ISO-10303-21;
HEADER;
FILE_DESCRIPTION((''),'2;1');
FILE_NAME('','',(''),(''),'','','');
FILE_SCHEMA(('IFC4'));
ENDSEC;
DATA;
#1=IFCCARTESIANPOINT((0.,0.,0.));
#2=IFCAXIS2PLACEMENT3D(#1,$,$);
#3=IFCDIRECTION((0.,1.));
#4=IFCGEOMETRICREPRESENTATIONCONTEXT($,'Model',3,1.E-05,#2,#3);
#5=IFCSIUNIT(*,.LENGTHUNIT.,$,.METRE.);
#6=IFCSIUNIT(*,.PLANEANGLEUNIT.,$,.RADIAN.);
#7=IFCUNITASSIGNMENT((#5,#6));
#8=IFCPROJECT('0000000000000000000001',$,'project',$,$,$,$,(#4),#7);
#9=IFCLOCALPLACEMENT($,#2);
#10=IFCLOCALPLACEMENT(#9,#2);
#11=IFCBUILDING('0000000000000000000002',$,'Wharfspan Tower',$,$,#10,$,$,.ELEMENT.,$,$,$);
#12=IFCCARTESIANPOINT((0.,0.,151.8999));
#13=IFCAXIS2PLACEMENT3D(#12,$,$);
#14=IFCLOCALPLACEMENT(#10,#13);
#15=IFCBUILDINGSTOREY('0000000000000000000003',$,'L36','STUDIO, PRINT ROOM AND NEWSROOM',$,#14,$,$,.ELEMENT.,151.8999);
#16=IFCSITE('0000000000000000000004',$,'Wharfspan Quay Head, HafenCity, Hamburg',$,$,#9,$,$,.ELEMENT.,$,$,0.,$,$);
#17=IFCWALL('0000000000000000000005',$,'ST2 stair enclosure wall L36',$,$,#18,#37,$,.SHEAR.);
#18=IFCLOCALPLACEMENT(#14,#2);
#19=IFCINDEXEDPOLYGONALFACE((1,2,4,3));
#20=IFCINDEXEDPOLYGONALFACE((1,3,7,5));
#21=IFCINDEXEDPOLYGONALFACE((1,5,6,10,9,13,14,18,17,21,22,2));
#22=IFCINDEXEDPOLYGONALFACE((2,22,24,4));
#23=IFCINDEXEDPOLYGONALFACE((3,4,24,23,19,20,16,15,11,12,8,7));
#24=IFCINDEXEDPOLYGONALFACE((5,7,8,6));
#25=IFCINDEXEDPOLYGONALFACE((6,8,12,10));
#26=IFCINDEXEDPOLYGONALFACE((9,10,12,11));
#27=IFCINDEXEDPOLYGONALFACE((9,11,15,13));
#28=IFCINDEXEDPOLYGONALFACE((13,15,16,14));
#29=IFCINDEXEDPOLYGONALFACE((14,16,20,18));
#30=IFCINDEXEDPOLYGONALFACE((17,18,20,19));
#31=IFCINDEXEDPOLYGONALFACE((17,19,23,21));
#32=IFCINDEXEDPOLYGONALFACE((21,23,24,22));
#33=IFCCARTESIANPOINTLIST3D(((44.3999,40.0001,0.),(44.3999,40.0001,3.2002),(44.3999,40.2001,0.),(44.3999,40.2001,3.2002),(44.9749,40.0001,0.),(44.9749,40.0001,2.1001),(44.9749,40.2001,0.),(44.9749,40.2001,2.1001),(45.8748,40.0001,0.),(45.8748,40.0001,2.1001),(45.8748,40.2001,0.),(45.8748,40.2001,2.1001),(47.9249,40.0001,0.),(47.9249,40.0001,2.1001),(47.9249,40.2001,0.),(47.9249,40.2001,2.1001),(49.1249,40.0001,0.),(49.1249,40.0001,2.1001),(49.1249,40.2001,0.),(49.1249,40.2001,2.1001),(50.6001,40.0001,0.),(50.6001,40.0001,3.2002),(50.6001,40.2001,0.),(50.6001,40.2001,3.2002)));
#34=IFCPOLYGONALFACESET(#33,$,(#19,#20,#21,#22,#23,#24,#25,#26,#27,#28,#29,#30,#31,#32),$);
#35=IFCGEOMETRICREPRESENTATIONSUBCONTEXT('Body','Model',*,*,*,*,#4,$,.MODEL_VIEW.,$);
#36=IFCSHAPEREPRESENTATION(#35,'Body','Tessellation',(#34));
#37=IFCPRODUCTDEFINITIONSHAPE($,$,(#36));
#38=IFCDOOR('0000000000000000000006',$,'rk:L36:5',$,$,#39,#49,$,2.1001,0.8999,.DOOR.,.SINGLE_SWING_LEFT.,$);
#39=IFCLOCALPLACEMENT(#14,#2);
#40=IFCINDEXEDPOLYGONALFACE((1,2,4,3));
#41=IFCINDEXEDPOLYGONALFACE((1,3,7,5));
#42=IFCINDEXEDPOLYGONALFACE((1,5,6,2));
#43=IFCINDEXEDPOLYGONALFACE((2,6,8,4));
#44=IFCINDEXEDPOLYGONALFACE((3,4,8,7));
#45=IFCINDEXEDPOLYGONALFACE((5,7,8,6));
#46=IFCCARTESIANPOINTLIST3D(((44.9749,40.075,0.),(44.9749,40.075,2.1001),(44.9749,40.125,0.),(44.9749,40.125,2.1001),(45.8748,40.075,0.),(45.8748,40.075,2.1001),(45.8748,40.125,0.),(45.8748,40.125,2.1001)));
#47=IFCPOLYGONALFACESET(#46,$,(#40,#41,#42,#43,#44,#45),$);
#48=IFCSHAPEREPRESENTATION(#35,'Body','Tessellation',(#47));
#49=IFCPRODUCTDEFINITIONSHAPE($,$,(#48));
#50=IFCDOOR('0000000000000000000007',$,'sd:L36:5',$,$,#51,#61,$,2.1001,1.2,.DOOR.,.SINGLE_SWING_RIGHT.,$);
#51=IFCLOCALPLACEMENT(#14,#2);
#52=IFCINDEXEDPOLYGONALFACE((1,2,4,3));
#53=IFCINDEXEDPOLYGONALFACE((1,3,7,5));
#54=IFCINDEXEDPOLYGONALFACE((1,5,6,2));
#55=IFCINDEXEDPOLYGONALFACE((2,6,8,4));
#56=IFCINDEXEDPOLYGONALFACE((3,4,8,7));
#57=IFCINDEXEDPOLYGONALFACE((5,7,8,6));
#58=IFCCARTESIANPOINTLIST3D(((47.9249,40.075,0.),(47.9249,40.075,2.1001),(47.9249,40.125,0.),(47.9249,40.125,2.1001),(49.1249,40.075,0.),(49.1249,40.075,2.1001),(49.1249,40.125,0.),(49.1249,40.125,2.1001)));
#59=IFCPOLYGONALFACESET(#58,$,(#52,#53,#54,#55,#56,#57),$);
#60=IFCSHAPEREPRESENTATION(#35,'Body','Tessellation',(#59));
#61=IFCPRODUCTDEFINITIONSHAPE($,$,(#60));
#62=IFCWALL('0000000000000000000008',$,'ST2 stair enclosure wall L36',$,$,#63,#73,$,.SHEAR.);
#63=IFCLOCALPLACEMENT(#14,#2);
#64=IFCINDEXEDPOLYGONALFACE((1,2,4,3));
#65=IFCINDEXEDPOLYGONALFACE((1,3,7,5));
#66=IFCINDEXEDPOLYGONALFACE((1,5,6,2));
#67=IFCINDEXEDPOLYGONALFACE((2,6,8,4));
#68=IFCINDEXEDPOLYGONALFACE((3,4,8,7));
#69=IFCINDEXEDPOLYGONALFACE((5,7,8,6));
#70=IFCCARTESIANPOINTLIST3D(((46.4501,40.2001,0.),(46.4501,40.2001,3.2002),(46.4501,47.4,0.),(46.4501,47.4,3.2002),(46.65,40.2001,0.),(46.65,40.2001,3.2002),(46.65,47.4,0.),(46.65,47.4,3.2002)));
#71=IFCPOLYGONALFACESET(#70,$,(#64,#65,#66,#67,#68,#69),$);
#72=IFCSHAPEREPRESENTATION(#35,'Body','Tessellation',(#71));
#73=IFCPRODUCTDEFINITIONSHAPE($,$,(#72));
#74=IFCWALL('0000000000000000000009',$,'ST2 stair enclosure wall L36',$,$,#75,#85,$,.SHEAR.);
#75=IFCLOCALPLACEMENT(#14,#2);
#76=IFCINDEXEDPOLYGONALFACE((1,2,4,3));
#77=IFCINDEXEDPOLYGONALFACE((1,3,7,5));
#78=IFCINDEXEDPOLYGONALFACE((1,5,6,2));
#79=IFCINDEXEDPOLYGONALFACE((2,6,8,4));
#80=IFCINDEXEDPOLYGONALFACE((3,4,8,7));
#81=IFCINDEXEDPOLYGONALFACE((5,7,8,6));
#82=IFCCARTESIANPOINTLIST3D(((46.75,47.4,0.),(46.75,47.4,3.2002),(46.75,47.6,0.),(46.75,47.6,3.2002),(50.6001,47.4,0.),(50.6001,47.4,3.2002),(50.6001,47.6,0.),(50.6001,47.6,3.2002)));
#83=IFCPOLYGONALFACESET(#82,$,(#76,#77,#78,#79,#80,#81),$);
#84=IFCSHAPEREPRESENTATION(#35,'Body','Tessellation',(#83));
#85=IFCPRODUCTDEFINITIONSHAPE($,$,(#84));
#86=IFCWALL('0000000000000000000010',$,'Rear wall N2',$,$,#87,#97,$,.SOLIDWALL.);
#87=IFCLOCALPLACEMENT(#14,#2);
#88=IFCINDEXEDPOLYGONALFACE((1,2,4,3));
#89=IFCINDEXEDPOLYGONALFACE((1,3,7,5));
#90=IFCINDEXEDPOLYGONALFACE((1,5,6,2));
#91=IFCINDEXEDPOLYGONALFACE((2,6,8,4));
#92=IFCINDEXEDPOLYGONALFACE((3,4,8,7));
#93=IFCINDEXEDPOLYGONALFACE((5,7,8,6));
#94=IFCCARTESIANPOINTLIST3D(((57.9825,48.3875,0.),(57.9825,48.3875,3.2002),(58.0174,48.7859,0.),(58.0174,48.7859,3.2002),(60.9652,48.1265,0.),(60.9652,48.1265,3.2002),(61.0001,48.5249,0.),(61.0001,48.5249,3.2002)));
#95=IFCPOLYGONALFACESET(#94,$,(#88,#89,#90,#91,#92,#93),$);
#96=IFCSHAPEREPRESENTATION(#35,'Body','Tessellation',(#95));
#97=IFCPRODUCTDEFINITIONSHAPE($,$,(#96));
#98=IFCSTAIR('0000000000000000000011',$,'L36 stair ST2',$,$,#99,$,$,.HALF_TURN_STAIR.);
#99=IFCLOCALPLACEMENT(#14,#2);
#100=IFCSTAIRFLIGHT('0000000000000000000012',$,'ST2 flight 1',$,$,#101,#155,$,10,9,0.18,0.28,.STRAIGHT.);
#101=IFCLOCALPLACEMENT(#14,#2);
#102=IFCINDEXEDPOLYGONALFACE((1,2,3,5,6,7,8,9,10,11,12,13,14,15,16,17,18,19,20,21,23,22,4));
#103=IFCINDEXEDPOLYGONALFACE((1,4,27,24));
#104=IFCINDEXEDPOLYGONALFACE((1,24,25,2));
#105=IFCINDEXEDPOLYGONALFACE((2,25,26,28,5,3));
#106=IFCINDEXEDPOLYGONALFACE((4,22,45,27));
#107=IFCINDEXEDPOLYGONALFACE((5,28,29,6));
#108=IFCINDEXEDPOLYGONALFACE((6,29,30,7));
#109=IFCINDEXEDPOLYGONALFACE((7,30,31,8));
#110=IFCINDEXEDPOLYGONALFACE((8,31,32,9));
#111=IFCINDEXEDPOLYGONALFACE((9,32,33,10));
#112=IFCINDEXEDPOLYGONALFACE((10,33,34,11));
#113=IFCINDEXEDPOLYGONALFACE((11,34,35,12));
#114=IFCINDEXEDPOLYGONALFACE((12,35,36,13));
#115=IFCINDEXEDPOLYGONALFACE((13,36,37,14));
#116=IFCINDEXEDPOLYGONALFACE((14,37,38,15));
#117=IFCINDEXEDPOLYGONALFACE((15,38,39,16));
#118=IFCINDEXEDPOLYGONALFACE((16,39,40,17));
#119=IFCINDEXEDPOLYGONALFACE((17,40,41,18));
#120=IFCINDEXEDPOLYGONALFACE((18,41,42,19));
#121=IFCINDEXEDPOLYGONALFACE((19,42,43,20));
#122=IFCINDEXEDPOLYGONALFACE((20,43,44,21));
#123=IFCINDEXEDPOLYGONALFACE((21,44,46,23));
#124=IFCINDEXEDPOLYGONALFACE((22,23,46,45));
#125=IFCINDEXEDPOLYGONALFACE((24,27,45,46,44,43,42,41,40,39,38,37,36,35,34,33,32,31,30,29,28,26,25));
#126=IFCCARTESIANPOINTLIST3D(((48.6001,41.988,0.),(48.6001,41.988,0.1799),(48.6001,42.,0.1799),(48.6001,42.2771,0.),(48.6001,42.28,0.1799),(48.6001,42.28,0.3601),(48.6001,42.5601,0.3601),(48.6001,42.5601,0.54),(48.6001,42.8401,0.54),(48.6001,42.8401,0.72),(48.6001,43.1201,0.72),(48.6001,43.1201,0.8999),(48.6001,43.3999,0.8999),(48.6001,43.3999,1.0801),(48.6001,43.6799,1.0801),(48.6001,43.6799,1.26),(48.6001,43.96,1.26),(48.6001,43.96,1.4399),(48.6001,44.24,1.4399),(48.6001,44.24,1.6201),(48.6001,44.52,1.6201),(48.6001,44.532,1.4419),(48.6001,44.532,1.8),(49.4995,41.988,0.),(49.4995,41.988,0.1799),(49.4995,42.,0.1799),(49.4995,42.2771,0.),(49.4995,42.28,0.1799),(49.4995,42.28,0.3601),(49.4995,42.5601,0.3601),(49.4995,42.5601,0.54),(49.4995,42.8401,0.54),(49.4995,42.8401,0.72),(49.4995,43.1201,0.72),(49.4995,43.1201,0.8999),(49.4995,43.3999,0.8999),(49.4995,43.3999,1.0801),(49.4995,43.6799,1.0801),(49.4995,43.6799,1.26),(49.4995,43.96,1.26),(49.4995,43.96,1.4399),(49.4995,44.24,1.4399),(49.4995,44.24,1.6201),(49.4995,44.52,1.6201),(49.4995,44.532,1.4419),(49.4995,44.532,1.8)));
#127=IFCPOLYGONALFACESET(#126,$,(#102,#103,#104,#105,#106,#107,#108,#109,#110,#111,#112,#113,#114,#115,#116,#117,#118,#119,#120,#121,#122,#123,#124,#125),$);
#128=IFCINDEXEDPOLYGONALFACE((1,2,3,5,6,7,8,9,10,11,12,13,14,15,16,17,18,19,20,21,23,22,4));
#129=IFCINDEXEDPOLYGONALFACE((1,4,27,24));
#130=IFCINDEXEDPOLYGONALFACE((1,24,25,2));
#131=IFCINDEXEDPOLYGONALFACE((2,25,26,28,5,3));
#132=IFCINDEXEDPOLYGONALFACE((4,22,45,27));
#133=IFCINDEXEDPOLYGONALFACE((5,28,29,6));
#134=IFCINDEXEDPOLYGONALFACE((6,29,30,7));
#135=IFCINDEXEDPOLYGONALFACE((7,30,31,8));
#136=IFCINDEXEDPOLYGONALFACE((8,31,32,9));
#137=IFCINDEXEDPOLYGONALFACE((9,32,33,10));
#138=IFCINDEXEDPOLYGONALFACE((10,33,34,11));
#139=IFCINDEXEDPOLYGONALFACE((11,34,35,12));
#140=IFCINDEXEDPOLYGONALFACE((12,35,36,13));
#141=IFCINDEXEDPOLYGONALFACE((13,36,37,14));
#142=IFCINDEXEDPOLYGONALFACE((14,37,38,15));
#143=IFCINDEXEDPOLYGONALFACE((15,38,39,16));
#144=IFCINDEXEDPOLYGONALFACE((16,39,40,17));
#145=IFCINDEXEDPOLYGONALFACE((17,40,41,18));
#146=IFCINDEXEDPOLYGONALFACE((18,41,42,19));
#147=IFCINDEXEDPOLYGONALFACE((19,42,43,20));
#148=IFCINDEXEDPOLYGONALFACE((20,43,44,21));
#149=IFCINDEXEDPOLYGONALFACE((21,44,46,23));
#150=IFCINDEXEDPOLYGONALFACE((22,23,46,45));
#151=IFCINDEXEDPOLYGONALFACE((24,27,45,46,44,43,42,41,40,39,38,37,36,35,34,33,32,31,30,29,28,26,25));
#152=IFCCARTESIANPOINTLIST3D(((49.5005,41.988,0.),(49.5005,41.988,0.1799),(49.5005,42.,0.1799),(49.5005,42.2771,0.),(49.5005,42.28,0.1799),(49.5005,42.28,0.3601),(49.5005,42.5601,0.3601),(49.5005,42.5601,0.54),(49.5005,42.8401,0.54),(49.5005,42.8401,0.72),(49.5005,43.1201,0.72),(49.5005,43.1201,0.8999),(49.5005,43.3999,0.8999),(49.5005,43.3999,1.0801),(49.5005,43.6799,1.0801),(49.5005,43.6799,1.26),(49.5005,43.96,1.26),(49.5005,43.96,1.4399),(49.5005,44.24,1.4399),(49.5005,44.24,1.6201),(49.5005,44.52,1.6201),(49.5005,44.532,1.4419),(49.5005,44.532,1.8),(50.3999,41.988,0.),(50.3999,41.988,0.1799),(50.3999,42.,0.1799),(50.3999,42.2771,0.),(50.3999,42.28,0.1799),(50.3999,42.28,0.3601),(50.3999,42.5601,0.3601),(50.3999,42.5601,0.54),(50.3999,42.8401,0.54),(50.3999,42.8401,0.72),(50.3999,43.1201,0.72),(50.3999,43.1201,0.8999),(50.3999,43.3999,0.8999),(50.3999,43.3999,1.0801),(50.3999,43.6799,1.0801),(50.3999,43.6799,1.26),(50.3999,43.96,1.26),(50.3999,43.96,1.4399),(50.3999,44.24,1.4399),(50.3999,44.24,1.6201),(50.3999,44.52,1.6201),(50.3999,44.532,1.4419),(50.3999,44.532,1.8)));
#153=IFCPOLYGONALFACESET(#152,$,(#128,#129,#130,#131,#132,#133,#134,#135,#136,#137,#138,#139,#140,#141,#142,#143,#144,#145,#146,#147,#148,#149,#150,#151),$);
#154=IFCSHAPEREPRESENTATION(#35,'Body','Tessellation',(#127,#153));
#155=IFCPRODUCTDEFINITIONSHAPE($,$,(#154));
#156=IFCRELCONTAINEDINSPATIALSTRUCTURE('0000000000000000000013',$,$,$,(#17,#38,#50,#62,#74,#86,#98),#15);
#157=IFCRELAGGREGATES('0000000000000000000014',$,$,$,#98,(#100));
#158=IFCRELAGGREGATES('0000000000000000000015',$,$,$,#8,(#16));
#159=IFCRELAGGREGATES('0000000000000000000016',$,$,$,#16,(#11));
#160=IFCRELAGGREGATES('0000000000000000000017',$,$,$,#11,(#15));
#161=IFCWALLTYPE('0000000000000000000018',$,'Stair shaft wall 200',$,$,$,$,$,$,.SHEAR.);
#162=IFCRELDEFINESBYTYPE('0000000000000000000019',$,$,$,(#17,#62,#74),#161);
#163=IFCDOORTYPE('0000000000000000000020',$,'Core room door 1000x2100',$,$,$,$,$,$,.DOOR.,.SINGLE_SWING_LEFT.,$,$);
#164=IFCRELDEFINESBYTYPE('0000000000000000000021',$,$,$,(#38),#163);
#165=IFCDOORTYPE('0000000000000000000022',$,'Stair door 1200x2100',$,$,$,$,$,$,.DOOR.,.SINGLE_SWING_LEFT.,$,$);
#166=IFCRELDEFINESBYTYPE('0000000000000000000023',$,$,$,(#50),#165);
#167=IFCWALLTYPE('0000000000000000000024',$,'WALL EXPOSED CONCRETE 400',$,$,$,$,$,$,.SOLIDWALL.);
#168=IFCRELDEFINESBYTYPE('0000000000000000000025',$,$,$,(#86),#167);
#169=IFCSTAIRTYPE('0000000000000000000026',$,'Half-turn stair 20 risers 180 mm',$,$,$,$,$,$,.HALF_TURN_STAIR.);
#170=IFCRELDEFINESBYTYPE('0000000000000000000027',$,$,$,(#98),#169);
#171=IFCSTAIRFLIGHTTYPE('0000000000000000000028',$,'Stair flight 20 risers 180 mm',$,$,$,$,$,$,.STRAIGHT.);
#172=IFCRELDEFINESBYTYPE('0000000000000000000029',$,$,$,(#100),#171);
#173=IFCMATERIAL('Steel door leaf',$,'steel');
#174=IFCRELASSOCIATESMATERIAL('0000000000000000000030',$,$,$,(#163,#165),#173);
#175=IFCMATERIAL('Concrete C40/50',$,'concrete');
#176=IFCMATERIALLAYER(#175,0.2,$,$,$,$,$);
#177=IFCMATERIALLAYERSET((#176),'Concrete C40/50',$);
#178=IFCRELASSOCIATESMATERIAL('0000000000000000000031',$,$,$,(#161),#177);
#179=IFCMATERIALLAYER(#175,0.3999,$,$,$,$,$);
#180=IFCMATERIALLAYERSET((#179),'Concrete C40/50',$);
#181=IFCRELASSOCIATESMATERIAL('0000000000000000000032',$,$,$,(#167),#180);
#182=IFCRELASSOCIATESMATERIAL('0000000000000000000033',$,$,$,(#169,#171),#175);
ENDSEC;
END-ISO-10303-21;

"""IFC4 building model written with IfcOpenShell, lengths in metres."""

from ifc_helpers import new_model, si_unit, direction, frame, frame_2d, origin, place, context, subcontext, project, spatial, polyline, rectangle, outline, extrude, material, layer, layer_set, type_object, element, fill, aggregate, save


model = new_model("IFC4")

# Units and contexts
model_context = context("Model", 3, precision=1e-05, world=origin(), true_north=direction((0.0, 1.0)))
body_context = subcontext(model_context, "Body", "Model", "MODEL_VIEW")
ifc_project = project(units=[si_unit("LENGTHUNIT", "METRE"), si_unit("PLANEANGLEUNIT", "RADIAN")], contexts=[model_context])

# Site, building, storey
site_placement = place(None, origin())
site = spatial("IfcSite", under=ifc_project, at=site_placement, Name="Wharfspan Quay Head, HafenCity, Hamburg", CompositionType="ELEMENT", RefElevation=0.0)
building_placement = place(site_placement, origin())
building = spatial("IfcBuilding", under=site, at=building_placement, Name="Wharfspan Tower", CompositionType="ELEMENT")
storey_placement = place(building_placement, frame((0.0, 0.0, 151.8999)))
storey = spatial("IfcBuildingStorey", under=building, at=storey_placement, Name="L36", Description="STUDIO, PRINT ROOM AND NEWSROOM", CompositionType="ELEMENT", Elevation=151.8999)

# Shared definitions
ifc_material_1 = material(Name="Steel door leaf", Category="steel")
door_type_1 = type_object("IfcDoorType", Name="Core room door 1000x2100", OperationType="SINGLE_SWING_LEFT", PredefinedType="DOOR", material=ifc_material_1)

# Shared definitions
ifc_material_2 = material(Name="Concrete C40/50", Category="concrete")

# Wall, openings, doors
ifc_layer_1 = layer(ifc_material_2, 0.2)
ifc_layer_set_1 = layer_set([ifc_layer_1], Name="Concrete C40/50")
wall_type_1 = type_object("IfcWallType", Name="Stair shaft wall 200", PredefinedType="SHEAR", material=ifc_layer_set_1)
wall_1_placement = place(storey_placement, frame((44.3999, 40.1001, 0.0), z_axis=(0.0, 0.0, 1.0), x_axis=(1.0, 0.0, 0.0)))
wall_1 = element("IfcWall", 1, at=wall_1_placement, inside=storey, type_object=wall_type_1, Name="ST2 stair enclosure wall L36", PredefinedType="SHEAR", context=body_context, shape_type="SweptSolid", body=[
    extrude(rectangle(XDim=6.2002, YDim=0.2, at=frame_2d((3.1001, 0.0))), origin(), (0.0, 0.0, 1.0), 3.2002),
])
opening_1_placement = place(wall_1_placement, frame((3.5249, 0.0, 0.0)))
opening_1 = element("IfcOpeningElement", 2, at=opening_1_placement, cuts=wall_1, PredefinedType="OPENING", context=body_context, shape_type="SweptSolid", body=[
    extrude(rectangle(XDim=1.2, YDim=2.1001, at=frame_2d((0.6001, 1.05))), frame((0.0, 0.1099, 0.0), z_axis=(0.0, -1.0, 0.0), x_axis=(1.0, 0.0, 0.0)), (0.0, 0.0, 1.0), 0.22),
])
opening_2_placement = place(wall_1_placement, frame((0.575, 0.0, 0.0)))
opening_2 = element("IfcOpeningElement", 3, at=opening_2_placement, cuts=wall_1, PredefinedType="OPENING", context=body_context, shape_type="SweptSolid", body=[
    extrude(rectangle(XDim=0.8999, YDim=2.1001, at=frame_2d((0.45, 1.05))), frame((0.0, 0.1099, 0.0), z_axis=(0.0, -1.0, 0.0), x_axis=(1.0, 0.0, 0.0)), (0.0, 0.0, 1.0), 0.22),
])
door_1_placement = place(opening_2_placement, origin())
door_1 = element("IfcDoor", 4, at=door_1_placement, inside=storey, type_object=door_type_1, Name="rk:L36:5", OperationType="SINGLE_SWING_LEFT", OverallHeight=2.1001, OverallWidth=0.8999, PredefinedType="DOOR", context=body_context, shape_type="SweptSolid", body=[
    extrude(rectangle(XDim=0.8999, YDim=2.1001, at=frame_2d((0.45, 1.05))), frame((0.0, 0.0249, 0.0), z_axis=(0.0, -1.0, 0.0), x_axis=(1.0, 0.0, 0.0)), (0.0, 0.0, 1.0), 0.05),
])
fill(opening_2, door_1)
door_type_2 = type_object("IfcDoorType", Name="Stair door 1200x2100", OperationType="SINGLE_SWING_LEFT", PredefinedType="DOOR", material=ifc_material_1)
door_2_placement = place(opening_1_placement, origin())
door_2 = element("IfcDoor", 5, at=door_2_placement, inside=storey, type_object=door_type_2, Name="sd:L36:5", OperationType="SINGLE_SWING_RIGHT", OverallHeight=2.1001, OverallWidth=1.2, PredefinedType="DOOR", context=body_context, shape_type="SweptSolid", body=[
    extrude(rectangle(XDim=1.2, YDim=2.1001, at=frame_2d((0.6001, 1.05))), frame((0.0, 0.0249, 0.0), z_axis=(0.0, -1.0, 0.0), x_axis=(1.0, 0.0, 0.0)), (0.0, 0.0, 1.0), 0.05),
])
fill(opening_1, door_2)

# Walls
wall_2_placement = place(storey_placement, frame((46.55, 40.2, 0.0), z_axis=(0.0, 0.0, 1.0), x_axis=(0.0, 1.0, 0.0)))
element("IfcWall", 6, at=wall_2_placement, inside=storey, type_object=wall_type_1, Name="ST2 stair enclosure wall L36", PredefinedType="SHEAR", context=body_context, shape_type="SweptSolid", body=[
    extrude(rectangle(XDim=7.2, YDim=0.2, at=frame_2d((3.6001, 0.0))), origin(), (0.0, 0.0, 1.0), 3.2002),
])
wall_3_placement = place(storey_placement, frame((46.75, 47.5, 0.0), z_axis=(0.0, 0.0, 1.0), x_axis=(1.0, 0.0, 0.0)))
element("IfcWall", 7, at=wall_3_placement, inside=storey, type_object=wall_type_1, Name="ST2 stair enclosure wall L36", PredefinedType="SHEAR", context=body_context, shape_type="SweptSolid", body=[
    extrude(rectangle(XDim=3.8501, YDim=0.2, at=frame_2d((1.925, 0.0))), origin(), (0.0, 0.0, 1.0), 3.2002),
])
ifc_layer_2 = layer(ifc_material_2, 0.3999)
ifc_layer_set_2 = layer_set([ifc_layer_2], Name="Concrete C40/50")
wall_type_2 = type_object("IfcWallType", Name="WALL EXPOSED CONCRETE 400", PredefinedType="SOLIDWALL", material=ifc_layer_set_2)
wall_4_placement = place(storey_placement, frame((60.9827, 48.3257, 0.0), z_axis=(0.0, 0.0, 1.0), x_axis=(-0.996194, 0.087168, 0.0)))
element("IfcWall", 8, at=wall_4_placement, inside=storey, type_object=wall_type_2, Name="Rear wall N2", PredefinedType="SOLIDWALL", context=body_context, shape_type="SweptSolid", body=[
    extrude(rectangle(XDim=2.9941, YDim=0.3999, at=frame_2d((1.4971, 0.0))), origin(), (0.0, 0.0, 1.0), 3.2002),
])

# Stair, stair flight
stair_type = type_object("IfcStairType", Name="Half-turn stair 20 risers 180 mm", PredefinedType="HALF_TURN_STAIR", material=ifc_material_2)
stair_placement = place(storey_placement, origin())
stair = element("IfcStair", 9, at=stair_placement, inside=storey, type_object=stair_type, Name="L36 stair ST2", PredefinedType="HALF_TURN_STAIR")
stair_flight_type = type_object("IfcStairFlightType", Name="Stair flight 20 risers 180 mm", PredefinedType="STRAIGHT", material=ifc_material_2)
stair_flight_1_placement = place(storey_placement, frame((49.5, 42.0, 0.0), z_axis=(0.0, 0.0, 1.0), x_axis=(0.0, 1.0, 0.0)))
stair_flight_1 = element("IfcStairFlight", 10, at=stair_flight_1_placement, type_object=stair_flight_type, Name="ST2 flight 1", NumberOfRisers=10, NumberOfTreads=9, PredefinedType="STRAIGHT", RiserHeight=0.18, TreadLength=0.28, context=body_context, shape_type="SweptSolid", body=[
    extrude(outline(polyline([(-0.012, 0.0), (-0.012, 0.1799), (0.0, 0.1799), (0.28, 0.1799), (0.28, 0.3601), (0.5601, 0.3601), (0.5601, 0.54), (0.8401, 0.54), (0.8401, 0.72), (1.1201, 0.72), (1.1201, 0.8999), (1.3999, 0.8999), (1.3999, 1.0801), (1.6799, 1.0801), (1.6799, 1.26), (1.96, 1.26), (1.96, 1.4399), (2.24, 1.4399), (2.24, 1.6201), (2.52, 1.6201), (2.532, 1.8), (2.532, 1.4419), (0.2771, 0.0), (-0.012, 0.0)])), frame((0.0, 0.8999, 0.0), z_axis=(0.0, -1.0, 0.0), x_axis=(1.0, 0.0, 0.0)), (0.0, 0.0, 1.0), 0.8994),
    extrude(outline(polyline([(-0.012, 0.0), (-0.012, 0.1799), (0.0, 0.1799), (0.28, 0.1799), (0.28, 0.3601), (0.5601, 0.3601), (0.5601, 0.54), (0.8401, 0.54), (0.8401, 0.72), (1.1201, 0.72), (1.1201, 0.8999), (1.3999, 0.8999), (1.3999, 1.0801), (1.6799, 1.0801), (1.6799, 1.26), (1.96, 1.26), (1.96, 1.4399), (2.24, 1.4399), (2.24, 1.6201), (2.52, 1.6201), (2.532, 1.8), (2.532, 1.4419), (0.2771, 0.0), (-0.012, 0.0)])), frame((0.0, -0.0005, 0.0), z_axis=(0.0, -1.0, 0.0), x_axis=(1.0, 0.0, 0.0)), (0.0, 0.0, 1.0), 0.8994),
])
aggregate(stair, [stair_flight_1])

save(model, "model.ifc")
